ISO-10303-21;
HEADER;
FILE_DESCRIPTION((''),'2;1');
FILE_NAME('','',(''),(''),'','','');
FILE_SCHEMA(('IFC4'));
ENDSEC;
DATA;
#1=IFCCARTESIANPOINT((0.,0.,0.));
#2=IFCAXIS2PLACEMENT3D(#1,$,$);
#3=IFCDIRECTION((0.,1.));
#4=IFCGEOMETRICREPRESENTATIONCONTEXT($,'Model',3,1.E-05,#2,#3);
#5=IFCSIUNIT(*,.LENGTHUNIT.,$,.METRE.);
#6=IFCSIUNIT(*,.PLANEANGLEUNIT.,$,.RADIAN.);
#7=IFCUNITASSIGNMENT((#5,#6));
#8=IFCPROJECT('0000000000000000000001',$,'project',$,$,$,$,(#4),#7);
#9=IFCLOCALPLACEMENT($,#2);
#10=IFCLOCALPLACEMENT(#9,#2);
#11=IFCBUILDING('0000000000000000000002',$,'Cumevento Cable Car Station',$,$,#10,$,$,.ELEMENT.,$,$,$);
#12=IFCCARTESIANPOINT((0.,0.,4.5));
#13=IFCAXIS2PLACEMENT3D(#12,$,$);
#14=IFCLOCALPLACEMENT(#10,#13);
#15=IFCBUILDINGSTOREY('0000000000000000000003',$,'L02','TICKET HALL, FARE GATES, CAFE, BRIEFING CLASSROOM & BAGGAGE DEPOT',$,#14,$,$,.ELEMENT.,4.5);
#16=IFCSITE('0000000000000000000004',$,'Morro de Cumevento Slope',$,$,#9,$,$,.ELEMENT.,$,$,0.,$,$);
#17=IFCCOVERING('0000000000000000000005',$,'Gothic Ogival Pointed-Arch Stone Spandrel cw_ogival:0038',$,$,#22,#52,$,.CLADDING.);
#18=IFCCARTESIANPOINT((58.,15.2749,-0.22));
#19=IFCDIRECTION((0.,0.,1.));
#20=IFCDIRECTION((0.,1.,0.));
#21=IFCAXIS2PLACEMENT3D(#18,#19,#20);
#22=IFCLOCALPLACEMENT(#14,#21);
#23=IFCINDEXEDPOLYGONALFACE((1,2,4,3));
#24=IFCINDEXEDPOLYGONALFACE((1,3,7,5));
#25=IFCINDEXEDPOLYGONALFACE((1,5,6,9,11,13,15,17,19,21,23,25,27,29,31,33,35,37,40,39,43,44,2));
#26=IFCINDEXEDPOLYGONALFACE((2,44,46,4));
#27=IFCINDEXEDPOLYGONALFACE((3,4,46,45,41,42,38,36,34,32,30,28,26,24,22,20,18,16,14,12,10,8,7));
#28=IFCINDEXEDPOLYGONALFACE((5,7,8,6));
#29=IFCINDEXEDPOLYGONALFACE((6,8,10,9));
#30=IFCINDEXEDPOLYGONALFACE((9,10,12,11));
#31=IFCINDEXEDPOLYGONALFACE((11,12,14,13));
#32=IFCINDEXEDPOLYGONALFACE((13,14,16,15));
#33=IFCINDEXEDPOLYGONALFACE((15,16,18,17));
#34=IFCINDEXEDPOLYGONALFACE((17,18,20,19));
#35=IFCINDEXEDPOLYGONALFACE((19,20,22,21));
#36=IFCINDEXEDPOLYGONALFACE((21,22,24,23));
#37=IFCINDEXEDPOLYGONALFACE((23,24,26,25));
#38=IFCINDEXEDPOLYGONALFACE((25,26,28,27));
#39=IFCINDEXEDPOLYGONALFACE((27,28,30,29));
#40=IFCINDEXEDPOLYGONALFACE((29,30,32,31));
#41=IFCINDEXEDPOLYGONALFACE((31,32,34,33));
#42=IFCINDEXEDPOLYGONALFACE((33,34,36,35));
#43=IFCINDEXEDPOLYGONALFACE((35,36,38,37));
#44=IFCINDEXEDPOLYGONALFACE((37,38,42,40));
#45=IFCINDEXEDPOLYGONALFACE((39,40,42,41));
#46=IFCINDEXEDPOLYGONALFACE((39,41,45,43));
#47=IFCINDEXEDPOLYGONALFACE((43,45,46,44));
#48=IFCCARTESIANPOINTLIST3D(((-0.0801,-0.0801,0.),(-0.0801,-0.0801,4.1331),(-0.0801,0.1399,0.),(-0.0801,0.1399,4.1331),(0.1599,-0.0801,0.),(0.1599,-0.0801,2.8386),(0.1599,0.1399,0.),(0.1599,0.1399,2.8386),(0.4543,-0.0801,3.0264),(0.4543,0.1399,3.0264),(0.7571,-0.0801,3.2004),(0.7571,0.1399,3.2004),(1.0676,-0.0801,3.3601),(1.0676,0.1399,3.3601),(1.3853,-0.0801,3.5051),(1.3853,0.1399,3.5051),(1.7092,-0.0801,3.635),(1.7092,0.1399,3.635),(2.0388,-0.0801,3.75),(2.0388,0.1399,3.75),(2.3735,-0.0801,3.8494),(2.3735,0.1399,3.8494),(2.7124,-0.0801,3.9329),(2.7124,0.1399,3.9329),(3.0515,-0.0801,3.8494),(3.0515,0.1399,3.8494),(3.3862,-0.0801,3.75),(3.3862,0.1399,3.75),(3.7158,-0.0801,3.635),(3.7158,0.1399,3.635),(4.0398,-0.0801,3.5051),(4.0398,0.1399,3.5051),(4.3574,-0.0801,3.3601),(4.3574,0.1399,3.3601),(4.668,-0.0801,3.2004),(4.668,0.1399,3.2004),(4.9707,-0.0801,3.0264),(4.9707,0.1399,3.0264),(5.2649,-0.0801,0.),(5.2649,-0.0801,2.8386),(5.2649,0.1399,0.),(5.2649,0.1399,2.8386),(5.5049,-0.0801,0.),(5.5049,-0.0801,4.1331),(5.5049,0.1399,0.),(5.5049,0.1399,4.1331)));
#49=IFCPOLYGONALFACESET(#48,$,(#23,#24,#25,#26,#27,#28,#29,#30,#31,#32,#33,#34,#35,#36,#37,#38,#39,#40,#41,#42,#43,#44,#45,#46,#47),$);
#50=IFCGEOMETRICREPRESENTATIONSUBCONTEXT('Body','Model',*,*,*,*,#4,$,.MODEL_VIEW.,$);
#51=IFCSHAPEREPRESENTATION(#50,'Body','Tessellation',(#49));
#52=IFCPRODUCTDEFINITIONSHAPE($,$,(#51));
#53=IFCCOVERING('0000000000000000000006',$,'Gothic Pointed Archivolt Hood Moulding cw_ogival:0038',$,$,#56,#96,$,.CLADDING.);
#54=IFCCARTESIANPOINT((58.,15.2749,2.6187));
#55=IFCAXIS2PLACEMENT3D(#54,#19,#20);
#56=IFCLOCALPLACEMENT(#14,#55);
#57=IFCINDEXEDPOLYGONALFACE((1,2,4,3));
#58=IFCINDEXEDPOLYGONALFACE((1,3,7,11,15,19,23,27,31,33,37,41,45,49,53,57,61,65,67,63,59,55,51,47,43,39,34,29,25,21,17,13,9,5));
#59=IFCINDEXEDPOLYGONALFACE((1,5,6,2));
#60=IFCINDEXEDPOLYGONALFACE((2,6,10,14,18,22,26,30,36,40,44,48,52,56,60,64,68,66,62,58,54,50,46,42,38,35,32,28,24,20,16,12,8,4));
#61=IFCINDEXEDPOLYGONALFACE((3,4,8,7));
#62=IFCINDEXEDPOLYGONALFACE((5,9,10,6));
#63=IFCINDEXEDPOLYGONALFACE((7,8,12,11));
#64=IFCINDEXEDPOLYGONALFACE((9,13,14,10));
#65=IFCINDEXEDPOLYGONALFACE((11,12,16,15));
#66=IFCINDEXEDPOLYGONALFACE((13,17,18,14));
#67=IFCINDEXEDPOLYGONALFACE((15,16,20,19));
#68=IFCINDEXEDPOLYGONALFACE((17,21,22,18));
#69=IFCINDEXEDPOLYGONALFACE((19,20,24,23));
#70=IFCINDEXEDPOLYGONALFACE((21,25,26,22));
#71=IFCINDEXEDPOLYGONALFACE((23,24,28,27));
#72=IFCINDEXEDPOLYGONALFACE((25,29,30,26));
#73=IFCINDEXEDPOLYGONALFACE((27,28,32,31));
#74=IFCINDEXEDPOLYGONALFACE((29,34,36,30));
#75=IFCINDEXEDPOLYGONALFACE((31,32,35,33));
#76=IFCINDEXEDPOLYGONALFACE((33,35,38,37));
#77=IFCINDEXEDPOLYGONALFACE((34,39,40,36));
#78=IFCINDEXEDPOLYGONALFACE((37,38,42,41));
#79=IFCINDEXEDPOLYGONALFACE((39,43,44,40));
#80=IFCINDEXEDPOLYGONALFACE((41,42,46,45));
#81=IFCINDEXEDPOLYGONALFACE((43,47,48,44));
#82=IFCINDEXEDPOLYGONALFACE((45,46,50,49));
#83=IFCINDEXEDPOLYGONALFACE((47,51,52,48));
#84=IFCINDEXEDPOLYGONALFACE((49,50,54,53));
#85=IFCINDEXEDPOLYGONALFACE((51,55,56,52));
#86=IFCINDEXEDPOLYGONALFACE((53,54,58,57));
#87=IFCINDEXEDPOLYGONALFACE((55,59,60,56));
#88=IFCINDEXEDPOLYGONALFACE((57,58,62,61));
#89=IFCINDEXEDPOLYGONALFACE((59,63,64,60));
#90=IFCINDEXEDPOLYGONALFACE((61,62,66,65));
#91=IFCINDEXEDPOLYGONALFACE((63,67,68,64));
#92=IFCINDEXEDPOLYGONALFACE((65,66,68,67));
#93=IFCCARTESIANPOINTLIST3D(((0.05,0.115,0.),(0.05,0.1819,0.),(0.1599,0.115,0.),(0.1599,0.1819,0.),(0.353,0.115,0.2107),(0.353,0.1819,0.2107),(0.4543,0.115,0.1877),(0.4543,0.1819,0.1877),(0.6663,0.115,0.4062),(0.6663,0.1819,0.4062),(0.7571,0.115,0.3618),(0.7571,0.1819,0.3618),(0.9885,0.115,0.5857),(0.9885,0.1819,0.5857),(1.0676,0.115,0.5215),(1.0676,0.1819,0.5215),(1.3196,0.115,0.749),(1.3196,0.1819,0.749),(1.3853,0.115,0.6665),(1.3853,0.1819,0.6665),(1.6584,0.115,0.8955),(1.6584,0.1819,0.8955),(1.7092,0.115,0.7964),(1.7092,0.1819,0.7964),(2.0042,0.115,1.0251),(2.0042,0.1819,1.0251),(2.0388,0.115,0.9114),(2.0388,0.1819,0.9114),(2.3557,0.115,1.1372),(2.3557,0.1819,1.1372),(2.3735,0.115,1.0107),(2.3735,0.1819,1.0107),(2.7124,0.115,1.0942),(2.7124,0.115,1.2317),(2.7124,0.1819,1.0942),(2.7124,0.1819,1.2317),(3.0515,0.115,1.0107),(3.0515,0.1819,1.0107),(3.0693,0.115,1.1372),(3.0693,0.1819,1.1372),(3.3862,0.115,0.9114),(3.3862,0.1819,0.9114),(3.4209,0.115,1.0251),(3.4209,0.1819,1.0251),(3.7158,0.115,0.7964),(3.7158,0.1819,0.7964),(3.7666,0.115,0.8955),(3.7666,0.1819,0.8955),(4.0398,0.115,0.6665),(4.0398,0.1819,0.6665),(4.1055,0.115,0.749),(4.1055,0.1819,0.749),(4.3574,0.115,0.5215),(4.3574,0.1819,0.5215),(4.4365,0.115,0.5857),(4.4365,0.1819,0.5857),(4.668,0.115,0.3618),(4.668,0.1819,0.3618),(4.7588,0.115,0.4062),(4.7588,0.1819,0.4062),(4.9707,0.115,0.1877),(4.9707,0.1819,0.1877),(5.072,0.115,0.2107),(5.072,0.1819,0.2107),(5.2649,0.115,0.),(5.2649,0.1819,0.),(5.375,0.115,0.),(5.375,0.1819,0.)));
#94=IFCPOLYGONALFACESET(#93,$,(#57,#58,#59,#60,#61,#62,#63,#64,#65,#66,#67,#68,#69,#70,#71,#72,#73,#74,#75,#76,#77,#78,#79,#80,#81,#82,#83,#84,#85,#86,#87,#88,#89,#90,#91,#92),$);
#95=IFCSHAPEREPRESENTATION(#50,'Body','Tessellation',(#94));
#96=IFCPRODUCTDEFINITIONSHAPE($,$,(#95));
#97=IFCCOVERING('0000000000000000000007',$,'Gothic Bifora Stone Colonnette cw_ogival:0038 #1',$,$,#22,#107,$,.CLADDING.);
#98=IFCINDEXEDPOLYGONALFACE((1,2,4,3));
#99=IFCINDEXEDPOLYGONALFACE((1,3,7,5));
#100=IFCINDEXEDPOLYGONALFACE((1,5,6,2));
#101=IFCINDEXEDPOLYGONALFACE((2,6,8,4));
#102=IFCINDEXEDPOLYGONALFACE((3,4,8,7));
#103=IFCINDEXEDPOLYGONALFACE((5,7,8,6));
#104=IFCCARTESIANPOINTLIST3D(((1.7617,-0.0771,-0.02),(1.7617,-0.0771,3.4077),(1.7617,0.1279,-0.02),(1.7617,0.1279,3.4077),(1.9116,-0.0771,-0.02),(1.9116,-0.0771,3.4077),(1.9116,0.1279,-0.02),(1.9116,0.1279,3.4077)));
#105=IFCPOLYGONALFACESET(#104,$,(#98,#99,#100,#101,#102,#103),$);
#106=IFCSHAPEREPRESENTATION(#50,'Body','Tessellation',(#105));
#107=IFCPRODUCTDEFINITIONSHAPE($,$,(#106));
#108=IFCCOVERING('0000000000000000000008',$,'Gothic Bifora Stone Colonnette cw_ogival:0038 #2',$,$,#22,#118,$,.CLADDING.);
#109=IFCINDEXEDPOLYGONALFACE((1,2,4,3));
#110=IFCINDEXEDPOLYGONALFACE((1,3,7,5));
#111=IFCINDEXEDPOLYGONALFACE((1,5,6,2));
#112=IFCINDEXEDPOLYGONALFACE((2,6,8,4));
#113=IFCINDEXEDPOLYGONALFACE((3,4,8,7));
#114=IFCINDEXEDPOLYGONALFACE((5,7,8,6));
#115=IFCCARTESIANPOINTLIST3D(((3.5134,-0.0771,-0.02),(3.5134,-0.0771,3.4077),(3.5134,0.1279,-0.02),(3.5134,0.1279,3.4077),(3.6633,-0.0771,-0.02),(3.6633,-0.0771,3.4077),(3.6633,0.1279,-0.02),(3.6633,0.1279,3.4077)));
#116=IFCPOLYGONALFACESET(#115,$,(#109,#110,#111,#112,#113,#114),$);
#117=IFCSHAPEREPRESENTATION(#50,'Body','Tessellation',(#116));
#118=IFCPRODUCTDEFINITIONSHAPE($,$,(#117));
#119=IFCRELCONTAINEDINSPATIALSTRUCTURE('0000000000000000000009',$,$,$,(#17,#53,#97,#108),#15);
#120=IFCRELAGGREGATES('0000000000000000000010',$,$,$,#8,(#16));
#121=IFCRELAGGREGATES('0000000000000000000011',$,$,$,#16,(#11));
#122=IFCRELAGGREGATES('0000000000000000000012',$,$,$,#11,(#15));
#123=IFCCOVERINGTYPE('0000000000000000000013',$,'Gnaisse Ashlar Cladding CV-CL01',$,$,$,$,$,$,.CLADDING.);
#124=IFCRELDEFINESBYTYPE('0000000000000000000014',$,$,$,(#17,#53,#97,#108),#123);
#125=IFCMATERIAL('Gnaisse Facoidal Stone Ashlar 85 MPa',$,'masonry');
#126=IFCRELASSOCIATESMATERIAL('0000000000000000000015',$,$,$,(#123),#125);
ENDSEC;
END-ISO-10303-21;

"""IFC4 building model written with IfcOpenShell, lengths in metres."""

from ifc_helpers import new_model, si_unit, direction, frame, origin, place, context, subcontext, project, spatial, polyline, outline, extrude, material, type_object, element, save


model = new_model("IFC4")

# Units and contexts
model_context = context("Model", 3, precision=1e-05, world=origin(), true_north=direction((0.0, 1.0)))
body_context = subcontext(model_context, "Body", "Model", "MODEL_VIEW")
ifc_project = project(units=[si_unit("LENGTHUNIT", "METRE"), si_unit("PLANEANGLEUNIT", "RADIAN")], contexts=[model_context])

# Site, building, storey
site_placement = place(None, origin())
site = spatial("IfcSite", under=ifc_project, at=site_placement, Name="Morro de Cumevento Slope", CompositionType="ELEMENT", RefElevation=0.0)
building_placement = place(site_placement, origin())
building = spatial("IfcBuilding", under=site, at=building_placement, Name="Cumevento Cable Car Station", CompositionType="ELEMENT")
storey_placement = place(building_placement, frame((0.0, 0.0, 4.5)))
storey = spatial("IfcBuildingStorey", under=building, at=storey_placement, Name="L02", Description="TICKET HALL, FARE GATES, CAFE, BRIEFING CLASSROOM & BAGGAGE DEPOT", CompositionType="ELEMENT", Elevation=4.5)

# Coverings
ifc_material_1 = material(Name="Gnaisse Facoidal Stone Ashlar 85 MPa", Category="masonry")
covering_type = type_object("IfcCoveringType", Name="Gnaisse Ashlar Cladding CV-CL01", PredefinedType="CLADDING", material=ifc_material_1)
placement = place(storey_placement, frame((58.0, 15.2749, -0.22), z_axis=(0.0, 0.0, 1.0), x_axis=(0.0, 1.0, 0.0)))
element("IfcCovering", 1, at=placement, inside=storey, type_object=covering_type, Name="Gothic Ogival Pointed-Arch Stone Spandrel cw_ogival:0038", PredefinedType="CLADDING", context=body_context, shape_type="SweptSolid", body=[
    extrude(outline(polyline([(-0.0801, 0.0), (-0.0801, 4.1331), (5.5049, 4.1331), (5.5049, 0.0), (5.2649, 0.0), (5.2649, 2.8386), (4.9707, 3.0264), (4.668, 3.2004), (4.3574, 3.3601), (4.0398, 3.5051), (3.7158, 3.635), (3.3862, 3.75), (3.0515, 3.8494), (2.7124, 3.9329), (2.3735, 3.8494), (2.0388, 3.75), (1.7092, 3.635), (1.3853, 3.5051), (1.0676, 3.3601), (0.7571, 3.2004), (0.4543, 3.0264), (0.1599, 2.8386), (0.1599, 0.0), (-0.0801, 0.0)])), frame((0.0, 0.1399, 0.0), z_axis=(0.0, -1.0, 0.0), x_axis=(1.0, 0.0, 0.0)), (0.0, 0.0, 1.0), 0.22),
])
covering_1_placement = place(storey_placement, frame((58.0, 15.2749, 2.6187), z_axis=(0.0, 0.0, 1.0), x_axis=(0.0, 1.0, 0.0)))
element("IfcCovering", 2, at=covering_1_placement, inside=storey, type_object=covering_type, Name="Gothic Pointed Archivolt Hood Moulding cw_ogival:0038", PredefinedType="CLADDING", context=body_context, shape_type="SweptSolid", body=[
    extrude(outline(polyline([(0.1599, 0.0), (0.4543, 0.1877), (0.7571, 0.3618), (1.0676, 0.5215), (1.3853, 0.6665), (1.7092, 0.7964), (2.0388, 0.9114), (2.3735, 1.0107), (2.7124, 1.0942), (3.0515, 1.0107), (3.3862, 0.9114), (3.7158, 0.7964), (4.0398, 0.6665), (4.3574, 0.5215), (4.668, 0.3618), (4.9707, 0.1877), (5.2649, 0.0), (5.375, 0.0), (5.072, 0.2107), (4.7588, 0.4062), (4.4365, 0.5857), (4.1055, 0.749), (3.7666, 0.8955), (3.4209, 1.0251), (3.0693, 1.1372), (2.7124, 1.2317), (2.3557, 1.1372), (2.0042, 1.0251), (1.6584, 0.8955), (1.3196, 0.749), (0.9885, 0.5857), (0.6663, 0.4062), (0.353, 0.2107), (0.05, 0.0), (0.1599, 0.0)])), frame((0.0, 0.1819, 0.0), z_axis=(0.0, -1.0, 0.0), x_axis=(1.0, 0.0, 0.0)), (0.0, 0.0, 1.0), 0.0669),
])
element("IfcCovering", 3, at=placement, inside=storey, type_object=covering_type, Name="Gothic Bifora Stone Colonnette cw_ogival:0038 #1", PredefinedType="CLADDING", context=body_context, shape_type="SweptSolid", body=[
    extrude(outline(polyline([(1.7617, -0.02), (1.9116, -0.02), (1.9116, 3.4077), (1.7617, 3.4077), (1.7617, -0.02)])), frame((0.0, 0.1279, 0.0), z_axis=(0.0, -1.0, 0.0), x_axis=(1.0, 0.0, 0.0)), (0.0, 0.0, 1.0), 0.2051),
])
element("IfcCovering", 4, at=placement, inside=storey, type_object=covering_type, Name="Gothic Bifora Stone Colonnette cw_ogival:0038 #2", PredefinedType="CLADDING", context=body_context, shape_type="SweptSolid", body=[
    extrude(outline(polyline([(3.5134, -0.02), (3.6633, -0.02), (3.6633, 3.4077), (3.5134, 3.4077), (3.5134, -0.02)])), frame((0.0, 0.1279, 0.0), z_axis=(0.0, -1.0, 0.0), x_axis=(1.0, 0.0, 0.0)), (0.0, 0.0, 1.0), 0.2051),
])

save(model, "model.ifc")
